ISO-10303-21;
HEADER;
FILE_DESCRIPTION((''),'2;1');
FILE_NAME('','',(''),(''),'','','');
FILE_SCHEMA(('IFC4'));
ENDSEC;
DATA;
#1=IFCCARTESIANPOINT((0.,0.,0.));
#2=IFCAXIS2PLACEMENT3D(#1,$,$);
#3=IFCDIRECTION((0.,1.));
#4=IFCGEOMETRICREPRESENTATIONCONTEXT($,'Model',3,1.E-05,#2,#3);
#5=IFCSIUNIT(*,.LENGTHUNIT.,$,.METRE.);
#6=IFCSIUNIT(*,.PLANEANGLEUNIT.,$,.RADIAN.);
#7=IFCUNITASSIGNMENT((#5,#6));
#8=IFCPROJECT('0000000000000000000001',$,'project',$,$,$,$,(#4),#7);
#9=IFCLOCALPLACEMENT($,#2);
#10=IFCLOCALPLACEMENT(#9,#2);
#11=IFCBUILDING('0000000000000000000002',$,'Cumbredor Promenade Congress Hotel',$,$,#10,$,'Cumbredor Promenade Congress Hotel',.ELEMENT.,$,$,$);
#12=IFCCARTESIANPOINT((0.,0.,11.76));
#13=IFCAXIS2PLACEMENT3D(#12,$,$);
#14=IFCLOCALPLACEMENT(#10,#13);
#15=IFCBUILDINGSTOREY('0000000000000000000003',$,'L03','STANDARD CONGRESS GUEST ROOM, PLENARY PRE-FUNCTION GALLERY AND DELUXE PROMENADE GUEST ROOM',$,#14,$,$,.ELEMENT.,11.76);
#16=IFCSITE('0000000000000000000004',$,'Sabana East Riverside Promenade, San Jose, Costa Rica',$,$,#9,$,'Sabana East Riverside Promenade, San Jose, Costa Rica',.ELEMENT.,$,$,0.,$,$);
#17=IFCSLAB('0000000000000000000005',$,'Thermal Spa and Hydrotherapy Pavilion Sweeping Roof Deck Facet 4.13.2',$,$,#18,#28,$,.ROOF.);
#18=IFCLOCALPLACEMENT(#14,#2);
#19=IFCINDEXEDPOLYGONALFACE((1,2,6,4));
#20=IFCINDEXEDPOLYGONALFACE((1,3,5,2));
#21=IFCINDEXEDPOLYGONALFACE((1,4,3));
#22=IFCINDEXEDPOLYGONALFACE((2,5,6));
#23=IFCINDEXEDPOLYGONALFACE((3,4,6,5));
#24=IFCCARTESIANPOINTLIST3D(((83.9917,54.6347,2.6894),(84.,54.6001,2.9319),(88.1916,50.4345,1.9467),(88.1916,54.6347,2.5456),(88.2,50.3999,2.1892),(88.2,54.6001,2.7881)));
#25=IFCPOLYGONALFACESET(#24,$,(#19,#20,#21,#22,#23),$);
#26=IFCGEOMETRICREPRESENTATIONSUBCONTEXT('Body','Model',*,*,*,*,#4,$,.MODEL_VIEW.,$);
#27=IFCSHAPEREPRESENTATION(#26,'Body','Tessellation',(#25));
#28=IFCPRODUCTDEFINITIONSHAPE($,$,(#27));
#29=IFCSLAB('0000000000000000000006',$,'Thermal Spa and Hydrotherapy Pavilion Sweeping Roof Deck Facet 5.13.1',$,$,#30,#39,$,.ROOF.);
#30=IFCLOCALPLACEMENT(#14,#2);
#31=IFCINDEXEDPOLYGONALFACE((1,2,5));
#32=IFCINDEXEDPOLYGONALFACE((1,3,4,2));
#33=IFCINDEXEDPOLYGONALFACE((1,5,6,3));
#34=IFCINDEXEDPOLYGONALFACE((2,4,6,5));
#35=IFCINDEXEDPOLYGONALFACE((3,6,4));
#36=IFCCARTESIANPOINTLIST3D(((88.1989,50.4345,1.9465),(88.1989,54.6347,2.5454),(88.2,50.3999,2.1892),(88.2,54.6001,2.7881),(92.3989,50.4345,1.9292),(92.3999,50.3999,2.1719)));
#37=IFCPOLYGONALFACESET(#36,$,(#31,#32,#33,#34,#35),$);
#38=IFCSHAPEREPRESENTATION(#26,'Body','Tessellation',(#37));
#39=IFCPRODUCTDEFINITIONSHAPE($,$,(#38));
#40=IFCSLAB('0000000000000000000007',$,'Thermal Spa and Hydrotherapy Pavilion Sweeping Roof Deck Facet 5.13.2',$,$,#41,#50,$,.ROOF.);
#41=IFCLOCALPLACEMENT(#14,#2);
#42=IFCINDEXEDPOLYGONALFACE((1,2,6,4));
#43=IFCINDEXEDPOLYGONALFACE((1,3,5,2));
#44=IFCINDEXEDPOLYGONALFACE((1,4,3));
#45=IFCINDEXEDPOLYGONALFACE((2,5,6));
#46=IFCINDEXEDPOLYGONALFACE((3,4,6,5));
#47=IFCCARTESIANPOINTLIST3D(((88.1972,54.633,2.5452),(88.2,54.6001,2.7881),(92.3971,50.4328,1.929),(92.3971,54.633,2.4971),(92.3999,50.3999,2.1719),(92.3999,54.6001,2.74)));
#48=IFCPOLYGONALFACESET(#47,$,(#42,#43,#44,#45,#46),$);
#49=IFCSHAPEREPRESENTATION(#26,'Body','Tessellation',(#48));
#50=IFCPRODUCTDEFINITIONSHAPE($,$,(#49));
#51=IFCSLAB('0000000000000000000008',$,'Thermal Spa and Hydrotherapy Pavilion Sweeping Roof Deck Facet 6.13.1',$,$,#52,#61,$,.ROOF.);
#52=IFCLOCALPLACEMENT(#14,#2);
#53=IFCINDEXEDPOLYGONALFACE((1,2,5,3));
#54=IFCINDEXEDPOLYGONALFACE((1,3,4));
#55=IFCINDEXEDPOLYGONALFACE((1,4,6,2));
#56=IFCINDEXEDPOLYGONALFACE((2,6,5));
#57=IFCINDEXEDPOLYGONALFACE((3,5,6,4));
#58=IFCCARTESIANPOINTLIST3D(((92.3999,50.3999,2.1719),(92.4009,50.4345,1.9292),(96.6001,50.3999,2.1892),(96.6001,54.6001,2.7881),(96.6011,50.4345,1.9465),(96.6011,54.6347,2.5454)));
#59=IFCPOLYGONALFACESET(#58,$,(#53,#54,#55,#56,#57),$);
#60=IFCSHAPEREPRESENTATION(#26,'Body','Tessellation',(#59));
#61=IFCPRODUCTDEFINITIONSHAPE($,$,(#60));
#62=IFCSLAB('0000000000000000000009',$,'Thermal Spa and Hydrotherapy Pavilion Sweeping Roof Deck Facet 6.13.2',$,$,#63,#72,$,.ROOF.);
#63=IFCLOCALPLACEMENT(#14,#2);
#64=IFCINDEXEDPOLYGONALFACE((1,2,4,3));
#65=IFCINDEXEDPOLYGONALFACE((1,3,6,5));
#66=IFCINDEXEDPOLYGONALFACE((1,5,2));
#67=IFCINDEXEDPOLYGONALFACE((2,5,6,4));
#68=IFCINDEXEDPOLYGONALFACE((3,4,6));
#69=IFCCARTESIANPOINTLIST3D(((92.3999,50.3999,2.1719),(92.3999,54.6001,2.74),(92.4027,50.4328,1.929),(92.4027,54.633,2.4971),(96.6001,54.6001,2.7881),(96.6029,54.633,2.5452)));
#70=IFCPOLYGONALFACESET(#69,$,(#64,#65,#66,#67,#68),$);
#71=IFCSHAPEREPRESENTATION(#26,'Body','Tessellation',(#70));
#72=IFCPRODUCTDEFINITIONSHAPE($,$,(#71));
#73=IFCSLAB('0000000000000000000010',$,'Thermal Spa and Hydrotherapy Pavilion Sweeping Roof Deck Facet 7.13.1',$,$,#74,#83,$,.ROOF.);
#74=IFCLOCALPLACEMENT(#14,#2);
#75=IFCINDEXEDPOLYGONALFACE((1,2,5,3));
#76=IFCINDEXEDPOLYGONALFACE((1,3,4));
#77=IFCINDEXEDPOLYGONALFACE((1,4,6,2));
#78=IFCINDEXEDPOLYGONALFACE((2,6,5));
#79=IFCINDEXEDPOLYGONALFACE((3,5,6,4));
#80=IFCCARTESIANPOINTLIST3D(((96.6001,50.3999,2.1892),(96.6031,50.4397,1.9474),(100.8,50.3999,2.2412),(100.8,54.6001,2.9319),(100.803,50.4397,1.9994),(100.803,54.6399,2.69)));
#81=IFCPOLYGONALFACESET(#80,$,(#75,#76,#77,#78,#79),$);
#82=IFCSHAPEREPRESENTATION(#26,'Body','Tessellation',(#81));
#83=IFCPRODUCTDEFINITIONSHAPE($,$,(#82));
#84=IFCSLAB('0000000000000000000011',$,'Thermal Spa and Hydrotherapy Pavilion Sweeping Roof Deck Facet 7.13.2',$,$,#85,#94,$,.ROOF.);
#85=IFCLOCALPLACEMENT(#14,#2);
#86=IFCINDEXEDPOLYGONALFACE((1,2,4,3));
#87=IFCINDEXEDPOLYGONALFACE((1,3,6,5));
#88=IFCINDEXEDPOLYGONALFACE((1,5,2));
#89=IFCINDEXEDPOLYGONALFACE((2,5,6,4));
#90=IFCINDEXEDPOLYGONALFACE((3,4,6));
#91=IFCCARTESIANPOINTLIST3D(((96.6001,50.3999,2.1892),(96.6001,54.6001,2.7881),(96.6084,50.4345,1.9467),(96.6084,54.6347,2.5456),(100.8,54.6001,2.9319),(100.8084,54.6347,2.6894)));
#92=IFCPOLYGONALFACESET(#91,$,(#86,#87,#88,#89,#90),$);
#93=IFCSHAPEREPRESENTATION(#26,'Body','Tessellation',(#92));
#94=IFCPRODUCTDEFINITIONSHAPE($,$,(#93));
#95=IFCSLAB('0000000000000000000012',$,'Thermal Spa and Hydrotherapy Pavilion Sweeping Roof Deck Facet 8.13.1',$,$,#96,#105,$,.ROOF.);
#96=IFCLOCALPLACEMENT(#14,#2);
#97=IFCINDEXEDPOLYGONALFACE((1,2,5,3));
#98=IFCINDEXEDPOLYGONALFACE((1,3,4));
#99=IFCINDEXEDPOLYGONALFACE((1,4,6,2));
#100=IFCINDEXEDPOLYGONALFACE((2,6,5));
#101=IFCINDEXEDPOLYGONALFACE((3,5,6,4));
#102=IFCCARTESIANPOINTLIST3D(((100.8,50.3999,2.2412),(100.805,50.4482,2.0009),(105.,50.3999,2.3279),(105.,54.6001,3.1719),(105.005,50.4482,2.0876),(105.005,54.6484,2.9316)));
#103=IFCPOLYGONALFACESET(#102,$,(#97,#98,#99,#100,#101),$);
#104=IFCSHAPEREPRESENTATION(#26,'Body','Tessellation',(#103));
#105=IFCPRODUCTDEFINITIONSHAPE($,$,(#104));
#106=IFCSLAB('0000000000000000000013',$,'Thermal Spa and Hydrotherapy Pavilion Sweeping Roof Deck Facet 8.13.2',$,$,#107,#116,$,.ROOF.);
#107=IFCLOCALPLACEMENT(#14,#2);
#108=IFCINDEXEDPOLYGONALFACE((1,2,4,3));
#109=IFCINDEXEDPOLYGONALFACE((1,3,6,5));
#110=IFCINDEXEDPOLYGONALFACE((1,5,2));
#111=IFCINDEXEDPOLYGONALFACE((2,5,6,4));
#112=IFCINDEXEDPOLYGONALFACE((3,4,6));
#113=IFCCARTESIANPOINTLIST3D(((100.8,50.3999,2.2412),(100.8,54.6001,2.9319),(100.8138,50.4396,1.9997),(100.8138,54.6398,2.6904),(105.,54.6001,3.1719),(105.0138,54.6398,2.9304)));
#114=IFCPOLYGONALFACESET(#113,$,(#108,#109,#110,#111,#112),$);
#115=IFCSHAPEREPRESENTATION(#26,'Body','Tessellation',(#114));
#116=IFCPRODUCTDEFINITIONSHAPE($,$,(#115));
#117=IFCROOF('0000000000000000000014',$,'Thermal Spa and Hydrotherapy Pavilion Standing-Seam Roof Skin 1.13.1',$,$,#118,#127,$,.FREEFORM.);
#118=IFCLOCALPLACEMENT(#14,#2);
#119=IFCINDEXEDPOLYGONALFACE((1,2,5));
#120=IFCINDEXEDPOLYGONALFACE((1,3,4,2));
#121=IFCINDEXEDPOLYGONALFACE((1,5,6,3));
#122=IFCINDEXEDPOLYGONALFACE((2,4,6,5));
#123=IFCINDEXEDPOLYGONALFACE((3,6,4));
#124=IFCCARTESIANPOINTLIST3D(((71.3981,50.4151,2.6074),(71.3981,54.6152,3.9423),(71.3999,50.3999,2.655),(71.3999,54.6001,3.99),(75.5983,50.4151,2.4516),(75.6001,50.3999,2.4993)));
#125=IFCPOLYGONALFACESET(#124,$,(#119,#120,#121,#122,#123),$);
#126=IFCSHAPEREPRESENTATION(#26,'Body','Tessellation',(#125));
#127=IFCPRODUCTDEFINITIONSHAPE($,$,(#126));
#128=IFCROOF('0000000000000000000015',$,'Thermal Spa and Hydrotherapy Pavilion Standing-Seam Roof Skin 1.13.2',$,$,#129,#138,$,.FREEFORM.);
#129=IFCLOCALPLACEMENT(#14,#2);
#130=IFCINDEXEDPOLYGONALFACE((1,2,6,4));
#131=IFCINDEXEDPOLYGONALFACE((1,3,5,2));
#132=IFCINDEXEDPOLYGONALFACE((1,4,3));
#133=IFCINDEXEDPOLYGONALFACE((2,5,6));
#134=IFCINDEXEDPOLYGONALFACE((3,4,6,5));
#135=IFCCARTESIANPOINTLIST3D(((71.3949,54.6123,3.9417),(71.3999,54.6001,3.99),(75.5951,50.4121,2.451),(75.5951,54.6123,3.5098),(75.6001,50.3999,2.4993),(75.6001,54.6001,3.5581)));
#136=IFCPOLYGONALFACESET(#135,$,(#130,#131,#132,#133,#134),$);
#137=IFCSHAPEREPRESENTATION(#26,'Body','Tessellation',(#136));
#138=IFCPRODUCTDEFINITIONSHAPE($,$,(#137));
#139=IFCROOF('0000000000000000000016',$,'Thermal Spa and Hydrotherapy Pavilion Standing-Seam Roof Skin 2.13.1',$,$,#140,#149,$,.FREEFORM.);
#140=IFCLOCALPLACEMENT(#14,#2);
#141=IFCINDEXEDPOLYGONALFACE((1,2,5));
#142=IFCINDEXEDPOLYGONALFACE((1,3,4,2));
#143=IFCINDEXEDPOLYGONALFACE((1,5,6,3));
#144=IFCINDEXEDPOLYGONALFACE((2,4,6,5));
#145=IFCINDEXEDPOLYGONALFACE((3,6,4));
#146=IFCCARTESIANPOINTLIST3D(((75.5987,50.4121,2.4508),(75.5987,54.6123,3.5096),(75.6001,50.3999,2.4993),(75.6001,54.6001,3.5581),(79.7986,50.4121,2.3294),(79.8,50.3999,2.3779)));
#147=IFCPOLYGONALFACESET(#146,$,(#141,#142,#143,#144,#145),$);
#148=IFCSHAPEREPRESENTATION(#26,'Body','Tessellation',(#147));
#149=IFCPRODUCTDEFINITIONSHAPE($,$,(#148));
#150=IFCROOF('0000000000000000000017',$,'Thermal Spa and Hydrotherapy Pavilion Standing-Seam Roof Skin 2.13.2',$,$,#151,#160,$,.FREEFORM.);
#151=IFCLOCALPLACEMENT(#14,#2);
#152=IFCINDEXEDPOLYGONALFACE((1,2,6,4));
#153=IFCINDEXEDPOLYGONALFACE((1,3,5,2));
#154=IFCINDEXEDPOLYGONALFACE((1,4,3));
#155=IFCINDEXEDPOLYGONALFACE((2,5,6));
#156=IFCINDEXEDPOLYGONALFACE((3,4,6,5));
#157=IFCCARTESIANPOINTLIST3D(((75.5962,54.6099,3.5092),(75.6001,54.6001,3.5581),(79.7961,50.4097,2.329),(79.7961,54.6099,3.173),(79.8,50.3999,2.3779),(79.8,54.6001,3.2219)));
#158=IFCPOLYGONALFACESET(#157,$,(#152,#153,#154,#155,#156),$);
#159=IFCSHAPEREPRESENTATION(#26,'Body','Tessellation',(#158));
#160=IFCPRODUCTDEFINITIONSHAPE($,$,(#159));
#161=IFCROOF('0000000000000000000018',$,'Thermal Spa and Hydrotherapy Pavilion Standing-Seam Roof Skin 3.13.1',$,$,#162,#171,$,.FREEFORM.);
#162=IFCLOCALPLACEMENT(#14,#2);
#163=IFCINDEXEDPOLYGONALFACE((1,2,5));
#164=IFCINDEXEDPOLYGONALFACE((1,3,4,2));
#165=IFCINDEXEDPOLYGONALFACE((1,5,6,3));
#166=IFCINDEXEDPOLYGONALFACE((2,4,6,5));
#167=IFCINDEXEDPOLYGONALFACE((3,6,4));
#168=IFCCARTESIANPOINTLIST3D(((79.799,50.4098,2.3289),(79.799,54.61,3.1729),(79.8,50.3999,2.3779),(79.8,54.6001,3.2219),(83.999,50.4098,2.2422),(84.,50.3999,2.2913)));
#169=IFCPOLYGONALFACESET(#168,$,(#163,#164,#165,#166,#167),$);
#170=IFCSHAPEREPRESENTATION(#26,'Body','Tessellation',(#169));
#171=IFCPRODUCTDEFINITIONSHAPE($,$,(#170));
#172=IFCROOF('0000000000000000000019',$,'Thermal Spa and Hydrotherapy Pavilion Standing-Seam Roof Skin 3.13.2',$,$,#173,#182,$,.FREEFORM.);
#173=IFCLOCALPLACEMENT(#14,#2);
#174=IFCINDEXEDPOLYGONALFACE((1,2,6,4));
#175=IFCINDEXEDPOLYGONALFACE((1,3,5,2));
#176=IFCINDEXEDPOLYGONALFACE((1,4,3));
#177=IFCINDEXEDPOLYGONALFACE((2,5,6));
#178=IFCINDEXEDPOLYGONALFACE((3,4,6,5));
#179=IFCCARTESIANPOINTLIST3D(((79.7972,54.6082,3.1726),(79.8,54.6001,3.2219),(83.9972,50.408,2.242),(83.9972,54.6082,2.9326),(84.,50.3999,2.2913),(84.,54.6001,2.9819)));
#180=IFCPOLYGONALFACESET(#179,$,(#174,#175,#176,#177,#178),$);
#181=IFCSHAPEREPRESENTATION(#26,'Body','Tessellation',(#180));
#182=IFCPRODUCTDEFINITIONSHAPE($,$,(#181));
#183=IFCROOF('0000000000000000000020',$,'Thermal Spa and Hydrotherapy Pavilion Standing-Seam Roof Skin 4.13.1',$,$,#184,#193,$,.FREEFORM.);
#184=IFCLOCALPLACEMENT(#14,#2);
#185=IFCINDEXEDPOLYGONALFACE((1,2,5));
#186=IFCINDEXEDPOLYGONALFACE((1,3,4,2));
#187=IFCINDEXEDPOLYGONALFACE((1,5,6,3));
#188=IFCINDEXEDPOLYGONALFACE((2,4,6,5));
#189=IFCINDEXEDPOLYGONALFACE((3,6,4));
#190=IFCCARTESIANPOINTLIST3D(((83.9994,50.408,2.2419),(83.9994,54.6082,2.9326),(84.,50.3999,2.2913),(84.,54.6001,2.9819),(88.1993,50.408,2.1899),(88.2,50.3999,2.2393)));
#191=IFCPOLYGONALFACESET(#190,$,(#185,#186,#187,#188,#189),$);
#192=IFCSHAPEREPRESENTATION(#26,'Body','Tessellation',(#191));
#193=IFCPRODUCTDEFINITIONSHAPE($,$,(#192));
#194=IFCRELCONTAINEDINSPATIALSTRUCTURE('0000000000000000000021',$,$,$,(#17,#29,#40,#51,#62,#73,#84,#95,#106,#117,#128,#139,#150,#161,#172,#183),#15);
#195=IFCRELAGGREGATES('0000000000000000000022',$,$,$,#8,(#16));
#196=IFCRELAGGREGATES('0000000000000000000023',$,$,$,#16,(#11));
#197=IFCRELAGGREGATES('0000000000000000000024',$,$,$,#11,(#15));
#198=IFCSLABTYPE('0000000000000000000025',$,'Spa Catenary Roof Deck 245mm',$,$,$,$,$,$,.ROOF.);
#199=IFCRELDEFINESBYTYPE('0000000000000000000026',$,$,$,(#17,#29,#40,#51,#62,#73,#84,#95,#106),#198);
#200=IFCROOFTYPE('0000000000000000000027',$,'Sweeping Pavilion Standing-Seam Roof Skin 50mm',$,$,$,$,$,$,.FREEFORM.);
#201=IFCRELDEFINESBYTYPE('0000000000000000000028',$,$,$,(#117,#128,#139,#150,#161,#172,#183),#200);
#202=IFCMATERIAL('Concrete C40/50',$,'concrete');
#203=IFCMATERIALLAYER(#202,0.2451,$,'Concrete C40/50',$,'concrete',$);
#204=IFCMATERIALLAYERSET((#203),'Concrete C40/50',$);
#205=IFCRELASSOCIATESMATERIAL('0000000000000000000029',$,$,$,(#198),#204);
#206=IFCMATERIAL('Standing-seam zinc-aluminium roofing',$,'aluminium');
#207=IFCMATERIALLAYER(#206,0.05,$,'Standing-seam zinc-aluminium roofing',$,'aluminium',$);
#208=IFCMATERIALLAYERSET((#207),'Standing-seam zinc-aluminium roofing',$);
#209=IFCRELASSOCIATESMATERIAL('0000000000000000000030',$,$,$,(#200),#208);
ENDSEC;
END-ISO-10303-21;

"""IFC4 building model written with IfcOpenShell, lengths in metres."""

from ifc_helpers import new_model, si_unit, direction, frame, origin, place, context, subcontext, project, spatial, polyline, outline, extrude, material, layer, layer_set, type_object, element, save


model = new_model("IFC4")

# Units and contexts
model_context = context("Model", 3, precision=1e-05, world=origin(), true_north=direction((0.0, 1.0)))
body_context = subcontext(model_context, "Body", "Model", "MODEL_VIEW")
ifc_project = project(units=[si_unit("LENGTHUNIT", "METRE"), si_unit("PLANEANGLEUNIT", "RADIAN")], contexts=[model_context])

# Site, building, storey
site_placement = place(None, origin())
site = spatial("IfcSite", under=ifc_project, at=site_placement, Name="Sabana East Riverside Promenade, San Jose, Costa Rica", LongName="Sabana East Riverside Promenade, San Jose, Costa Rica", CompositionType="ELEMENT", RefElevation=0.0)
building_placement = place(site_placement, origin())
building = spatial("IfcBuilding", under=site, at=building_placement, Name="Cumbredor Promenade Congress Hotel", LongName="Cumbredor Promenade Congress Hotel", CompositionType="ELEMENT")
storey_placement = place(building_placement, frame((0.0, 0.0, 11.76)))
storey = spatial("IfcBuildingStorey", under=building, at=storey_placement, Name="L03", Description="STANDARD CONGRESS GUEST ROOM, PLENARY PRE-FUNCTION GALLERY AND DELUXE PROMENADE GUEST ROOM", CompositionType="ELEMENT", Elevation=11.76)

# Slabs
ifc_material_1 = material(Name="Concrete C40/50", Category="concrete")
ifc_layer_1 = layer(ifc_material_1, 0.2451, Name="Concrete C40/50", Category="concrete")
ifc_layer_set_1 = layer_set([ifc_layer_1], Name="Concrete C40/50")
slab_type = type_object("IfcSlabType", Name="Spa Catenary Roof Deck 245mm", PredefinedType="ROOF", material=ifc_layer_set_1)
slab_1_placement = place(storey_placement, frame((88.2, 50.3999, 2.1892), z_axis=(0.033876, -0.141074, 0.989419), x_axis=(0.0, 0.989987, 0.141155)))
element("IfcSlab", 1, at=slab_1_placement, inside=storey, type_object=slab_type, Name="Thermal Spa and Hydrotherapy Pavilion Sweeping Roof Deck Facet 4.13.2", PredefinedType="ROOF", context=body_context, shape_type="SweptSolid", body=[
    extrude(outline(polyline([(0.0, 0.0), (4.2427, 0.0), (4.263, 4.2024), (0.0, 0.0)])), origin(), (0.0, 0.0, -1.0), 0.2451),
])
slab_2_placement = place(storey_placement, frame((88.2, 50.3999, 2.1892), z_axis=(0.004086, -0.141154, 0.989979), x_axis=(0.999991, 0.0, -0.004127)))
element("IfcSlab", 2, at=slab_2_placement, inside=storey, type_object=slab_type, Name="Thermal Spa and Hydrotherapy Pavilion Sweeping Roof Deck Facet 5.13.1", PredefinedType="ROOF", context=body_context, shape_type="SweptSolid", body=[
    extrude(outline(polyline([(0.0, 0.0), (4.2, 0.0), (-0.0025, 4.2427), (0.0, 0.0)])), origin(), (0.0, 0.0, -1.0), 0.2451),
])
slab_3_placement = place(storey_placement, frame((92.3999, 50.3999, 2.1719), z_axis=(0.011347, -0.13403, 0.990912), x_axis=(0.0, 0.990976, 0.134039)))
element("IfcSlab", 3, at=slab_3_placement, inside=storey, type_object=slab_type, Name="Thermal Spa and Hydrotherapy Pavilion Sweeping Roof Deck Facet 5.13.2", PredefinedType="ROOF", context=body_context, shape_type="SweptSolid", body=[
    extrude(outline(polyline([(0.0, 0.0), (4.2384, 0.0), (4.2449, 4.2002), (0.0, 0.0)])), origin(), (0.0, 0.0, -1.0), 0.2451),
])
slab_4_placement = place(storey_placement, frame((92.3999, 50.3999, 2.1719), z_axis=(-0.004086, -0.141154, 0.989979), x_axis=(0.999991, 0.0, 0.004127)))
element("IfcSlab", 4, at=slab_4_placement, inside=storey, type_object=slab_type, Name="Thermal Spa and Hydrotherapy Pavilion Sweeping Roof Deck Facet 6.13.1", PredefinedType="ROOF", context=body_context, shape_type="SweptSolid", body=[
    extrude(outline(polyline([(0.0, 0.0), (4.2002, 0.0), (4.2027, 4.2427), (0.0, 0.0)])), origin(), (0.0, 0.0, -1.0), 0.2451),
])
slab_5_placement = place(storey_placement, frame((92.3999, 50.3999, 2.1719), z_axis=(-0.011347, -0.13403, 0.990912), x_axis=(0.703332, 0.703332, 0.103186)))
element("IfcSlab", 5, at=slab_5_placement, inside=storey, type_object=slab_type, Name="Thermal Spa and Hydrotherapy Pavilion Sweeping Roof Deck Facet 6.13.2", PredefinedType="ROOF", context=body_context, shape_type="SweptSolid", body=[
    extrude(outline(polyline([(0.0, 0.0), (5.9719, 0.0), (3.0128, 2.9812), (0.0, 0.0)])), origin(), (0.0, 0.0, -1.0), 0.2451),
])
slab_6_placement = place(storey_placement, frame((96.6001, 50.3999, 2.1892), z_axis=(-0.012217, -0.162247, 0.986675), x_axis=(0.999923, 0.0, 0.012381)))
element("IfcSlab", 6, at=slab_6_placement, inside=storey, type_object=slab_type, Name="Thermal Spa and Hydrotherapy Pavilion Sweeping Roof Deck Facet 7.13.1", PredefinedType="ROOF", context=body_context, shape_type="SweptSolid", body=[
    extrude(outline(polyline([(0.0, 0.0), (4.2003, 0.0), (4.2088, 4.2566), (0.0, 0.0)])), origin(), (0.0, 0.0, -1.0), 0.2451),
])
slab_7_placement = place(storey_placement, frame((96.6001, 50.3999, 2.1892), z_axis=(-0.033876, -0.141074, 0.989419), x_axis=(0.701623, 0.701664, 0.124068)))
element("IfcSlab", 7, at=slab_7_placement, inside=storey, type_object=slab_type, Name="Thermal Spa and Hydrotherapy Pavilion Sweeping Roof Deck Facet 7.13.2", PredefinedType="ROOF", context=body_context, shape_type="SweptSolid", body=[
    extrude(outline(polyline([(0.0, 0.0), (5.9861, 0.0), (3.0214, 2.9785), (0.0, 0.0)])), origin(), (0.0, 0.0, -1.0), 0.2451),
])
slab_8_placement = place(storey_placement, frame((100.8, 50.3999, 2.2412), z_axis=(-0.020227, -0.196963, 0.980202), x_axis=(0.999787, 0.0, 0.020632)))
element("IfcSlab", 8, at=slab_8_placement, inside=storey, type_object=slab_type, Name="Thermal Spa and Hydrotherapy Pavilion Sweeping Roof Deck Facet 8.13.1", PredefinedType="ROOF", context=body_context, shape_type="SweptSolid", body=[
    extrude(outline(polyline([(0.0, 0.0), (4.2008, 0.0), (4.2183, 4.2841), (0.0, 0.0)])), origin(), (0.0, 0.0, -1.0), 0.2451),
])
slab_9_placement = place(storey_placement, frame((100.8, 50.3999, 2.2412), z_axis=(-0.056295, -0.162002, 0.985183), x_axis=(0.698564, 0.698604, 0.154794)))
element("IfcSlab", 9, at=slab_9_placement, inside=storey, type_object=slab_type, Name="Thermal Spa and Hydrotherapy Pavilion Sweeping Roof Deck Facet 8.13.2", PredefinedType="ROOF", context=body_context, shape_type="SweptSolid", body=[
    extrude(outline(polyline([(0.0, 0.0), (6.0123, 0.0), (3.0412, 2.9782), (0.0, 0.0)])), origin(), (0.0, 0.0, -1.0), 0.2451),
])

# Roofs
ifc_material_2 = material(Name="Standing-seam zinc-aluminium roofing", Category="aluminium")
ifc_layer_2 = layer(ifc_material_2, 0.05, Name="Standing-seam zinc-aluminium roofing", Category="aluminium")
ifc_layer_set_2 = layer_set([ifc_layer_2], Name="Standing-seam zinc-aluminium roofing")
roof_type = type_object("IfcRoofType", Name="Sweeping Pavilion Standing-Seam Roof Skin 50mm", PredefinedType="FREEFORM", material=ifc_layer_set_2)
roof_1_placement = place(storey_placement, frame((71.3999, 50.3999, 2.655), z_axis=(0.03532, -0.302713, 0.952427), x_axis=(0.999313, 0.0, -0.037059)))
element("IfcRoof", 10, at=roof_1_placement, inside=storey, type_object=roof_type, Name="Thermal Spa and Hydrotherapy Pavilion Standing-Seam Roof Skin 1.13.1", PredefinedType="FREEFORM", context=body_context, shape_type="SweptSolid", body=[
    extrude(outline(polyline([(0.0, 0.0), (4.2031, 0.0), (-0.0495, 4.407), (0.0, 0.0)])), origin(), (0.0, 0.0, -1.0), 0.05),
])
roof_2_placement = place(storey_placement, frame((75.6001, 50.3999, 2.4993), z_axis=(0.099214, -0.243239, 0.964879), x_axis=(0.0, 0.969663, 0.244445)))
element("IfcRoof", 11, at=roof_2_placement, inside=storey, type_object=roof_type, Name="Thermal Spa and Hydrotherapy Pavilion Standing-Seam Roof Skin 1.13.2", PredefinedType="FREEFORM", context=body_context, shape_type="SweptSolid", body=[
    extrude(outline(polyline([(0.0, 0.0), (4.3316, 0.0), (4.4372, 4.221), (0.0, 0.0)])), origin(), (0.0, 0.0, -1.0), 0.05),
])
roof_3_placement = place(storey_placement, frame((75.6001, 50.3999, 2.4993), z_axis=(0.028003, -0.244349, 0.969283), x_axis=(0.999583, 0.0, -0.028878)))
element("IfcRoof", 12, at=roof_3_placement, inside=storey, type_object=roof_type, Name="Thermal Spa and Hydrotherapy Pavilion Standing-Seam Roof Skin 2.13.1", PredefinedType="FREEFORM", context=body_context, shape_type="SweptSolid", body=[
    extrude(outline(polyline([(0.0, 0.0), (4.2017, 0.0), (-0.0306, 4.3315), (0.0, 0.0)])), origin(), (0.0, 0.0, -1.0), 0.05),
])
roof_4_placement = place(storey_placement, frame((79.8, 50.3999, 2.3779), z_axis=(0.078235, -0.1964, 0.977398), x_axis=(0.0, 0.980403, 0.197004)))
element("IfcRoof", 13, at=roof_4_placement, inside=storey, type_object=roof_type, Name="Thermal Spa and Hydrotherapy Pavilion Standing-Seam Roof Skin 2.13.2", PredefinedType="FREEFORM", context=body_context, shape_type="SweptSolid", body=[
    extrude(outline(polyline([(0.0, 0.0), (4.2842, 0.0), (4.3504, 4.2129), (0.0, 0.0)])), origin(), (0.0, 0.0, -1.0), 0.05),
])
roof_5_placement = place(storey_placement, frame((79.8, 50.3999, 2.3779), z_axis=(0.020227, -0.196963, 0.980202), x_axis=(0.999787, 0.0, -0.020632)))
element("IfcRoof", 14, at=roof_5_placement, inside=storey, type_object=roof_type, Name="Thermal Spa and Hydrotherapy Pavilion Standing-Seam Roof Skin 3.13.1", PredefinedType="FREEFORM", context=body_context, shape_type="SweptSolid", body=[
    extrude(outline(polyline([(0.0, 0.0), (4.2008, 0.0), (-0.0174, 4.2841), (0.0, 0.0)])), origin(), (0.0, 0.0, -1.0), 0.05),
])
roof_6_placement = place(storey_placement, frame((84.0, 50.3999, 2.2913), z_axis=(0.056295, -0.162002, 0.985183), x_axis=(0.0, 0.986748, 0.162259)))
element("IfcRoof", 15, at=roof_6_placement, inside=storey, type_object=roof_type, Name="Thermal Spa and Hydrotherapy Pavilion Standing-Seam Roof Skin 3.13.2", PredefinedType="FREEFORM", context=body_context, shape_type="SweptSolid", body=[
    extrude(outline(polyline([(0.0, 0.0), (4.2566, 0.0), (4.2955, 4.2066), (0.0, 0.0)])), origin(), (0.0, 0.0, -1.0), 0.05),
])
roof_7_placement = place(storey_placement, frame((84.0, 50.3999, 2.2913), z_axis=(0.012217, -0.162247, 0.986675), x_axis=(0.999923, 0.0, -0.012381)))
element("IfcRoof", 16, at=roof_7_placement, inside=storey, type_object=roof_type, Name="Thermal Spa and Hydrotherapy Pavilion Standing-Seam Roof Skin 4.13.1", PredefinedType="FREEFORM", context=body_context, shape_type="SweptSolid", body=[
    extrude(outline(polyline([(0.0, 0.0), (4.2003, 0.0), (-0.0086, 4.2566), (0.0, 0.0)])), origin(), (0.0, 0.0, -1.0), 0.05),
])

save(model, "model.ifc")
